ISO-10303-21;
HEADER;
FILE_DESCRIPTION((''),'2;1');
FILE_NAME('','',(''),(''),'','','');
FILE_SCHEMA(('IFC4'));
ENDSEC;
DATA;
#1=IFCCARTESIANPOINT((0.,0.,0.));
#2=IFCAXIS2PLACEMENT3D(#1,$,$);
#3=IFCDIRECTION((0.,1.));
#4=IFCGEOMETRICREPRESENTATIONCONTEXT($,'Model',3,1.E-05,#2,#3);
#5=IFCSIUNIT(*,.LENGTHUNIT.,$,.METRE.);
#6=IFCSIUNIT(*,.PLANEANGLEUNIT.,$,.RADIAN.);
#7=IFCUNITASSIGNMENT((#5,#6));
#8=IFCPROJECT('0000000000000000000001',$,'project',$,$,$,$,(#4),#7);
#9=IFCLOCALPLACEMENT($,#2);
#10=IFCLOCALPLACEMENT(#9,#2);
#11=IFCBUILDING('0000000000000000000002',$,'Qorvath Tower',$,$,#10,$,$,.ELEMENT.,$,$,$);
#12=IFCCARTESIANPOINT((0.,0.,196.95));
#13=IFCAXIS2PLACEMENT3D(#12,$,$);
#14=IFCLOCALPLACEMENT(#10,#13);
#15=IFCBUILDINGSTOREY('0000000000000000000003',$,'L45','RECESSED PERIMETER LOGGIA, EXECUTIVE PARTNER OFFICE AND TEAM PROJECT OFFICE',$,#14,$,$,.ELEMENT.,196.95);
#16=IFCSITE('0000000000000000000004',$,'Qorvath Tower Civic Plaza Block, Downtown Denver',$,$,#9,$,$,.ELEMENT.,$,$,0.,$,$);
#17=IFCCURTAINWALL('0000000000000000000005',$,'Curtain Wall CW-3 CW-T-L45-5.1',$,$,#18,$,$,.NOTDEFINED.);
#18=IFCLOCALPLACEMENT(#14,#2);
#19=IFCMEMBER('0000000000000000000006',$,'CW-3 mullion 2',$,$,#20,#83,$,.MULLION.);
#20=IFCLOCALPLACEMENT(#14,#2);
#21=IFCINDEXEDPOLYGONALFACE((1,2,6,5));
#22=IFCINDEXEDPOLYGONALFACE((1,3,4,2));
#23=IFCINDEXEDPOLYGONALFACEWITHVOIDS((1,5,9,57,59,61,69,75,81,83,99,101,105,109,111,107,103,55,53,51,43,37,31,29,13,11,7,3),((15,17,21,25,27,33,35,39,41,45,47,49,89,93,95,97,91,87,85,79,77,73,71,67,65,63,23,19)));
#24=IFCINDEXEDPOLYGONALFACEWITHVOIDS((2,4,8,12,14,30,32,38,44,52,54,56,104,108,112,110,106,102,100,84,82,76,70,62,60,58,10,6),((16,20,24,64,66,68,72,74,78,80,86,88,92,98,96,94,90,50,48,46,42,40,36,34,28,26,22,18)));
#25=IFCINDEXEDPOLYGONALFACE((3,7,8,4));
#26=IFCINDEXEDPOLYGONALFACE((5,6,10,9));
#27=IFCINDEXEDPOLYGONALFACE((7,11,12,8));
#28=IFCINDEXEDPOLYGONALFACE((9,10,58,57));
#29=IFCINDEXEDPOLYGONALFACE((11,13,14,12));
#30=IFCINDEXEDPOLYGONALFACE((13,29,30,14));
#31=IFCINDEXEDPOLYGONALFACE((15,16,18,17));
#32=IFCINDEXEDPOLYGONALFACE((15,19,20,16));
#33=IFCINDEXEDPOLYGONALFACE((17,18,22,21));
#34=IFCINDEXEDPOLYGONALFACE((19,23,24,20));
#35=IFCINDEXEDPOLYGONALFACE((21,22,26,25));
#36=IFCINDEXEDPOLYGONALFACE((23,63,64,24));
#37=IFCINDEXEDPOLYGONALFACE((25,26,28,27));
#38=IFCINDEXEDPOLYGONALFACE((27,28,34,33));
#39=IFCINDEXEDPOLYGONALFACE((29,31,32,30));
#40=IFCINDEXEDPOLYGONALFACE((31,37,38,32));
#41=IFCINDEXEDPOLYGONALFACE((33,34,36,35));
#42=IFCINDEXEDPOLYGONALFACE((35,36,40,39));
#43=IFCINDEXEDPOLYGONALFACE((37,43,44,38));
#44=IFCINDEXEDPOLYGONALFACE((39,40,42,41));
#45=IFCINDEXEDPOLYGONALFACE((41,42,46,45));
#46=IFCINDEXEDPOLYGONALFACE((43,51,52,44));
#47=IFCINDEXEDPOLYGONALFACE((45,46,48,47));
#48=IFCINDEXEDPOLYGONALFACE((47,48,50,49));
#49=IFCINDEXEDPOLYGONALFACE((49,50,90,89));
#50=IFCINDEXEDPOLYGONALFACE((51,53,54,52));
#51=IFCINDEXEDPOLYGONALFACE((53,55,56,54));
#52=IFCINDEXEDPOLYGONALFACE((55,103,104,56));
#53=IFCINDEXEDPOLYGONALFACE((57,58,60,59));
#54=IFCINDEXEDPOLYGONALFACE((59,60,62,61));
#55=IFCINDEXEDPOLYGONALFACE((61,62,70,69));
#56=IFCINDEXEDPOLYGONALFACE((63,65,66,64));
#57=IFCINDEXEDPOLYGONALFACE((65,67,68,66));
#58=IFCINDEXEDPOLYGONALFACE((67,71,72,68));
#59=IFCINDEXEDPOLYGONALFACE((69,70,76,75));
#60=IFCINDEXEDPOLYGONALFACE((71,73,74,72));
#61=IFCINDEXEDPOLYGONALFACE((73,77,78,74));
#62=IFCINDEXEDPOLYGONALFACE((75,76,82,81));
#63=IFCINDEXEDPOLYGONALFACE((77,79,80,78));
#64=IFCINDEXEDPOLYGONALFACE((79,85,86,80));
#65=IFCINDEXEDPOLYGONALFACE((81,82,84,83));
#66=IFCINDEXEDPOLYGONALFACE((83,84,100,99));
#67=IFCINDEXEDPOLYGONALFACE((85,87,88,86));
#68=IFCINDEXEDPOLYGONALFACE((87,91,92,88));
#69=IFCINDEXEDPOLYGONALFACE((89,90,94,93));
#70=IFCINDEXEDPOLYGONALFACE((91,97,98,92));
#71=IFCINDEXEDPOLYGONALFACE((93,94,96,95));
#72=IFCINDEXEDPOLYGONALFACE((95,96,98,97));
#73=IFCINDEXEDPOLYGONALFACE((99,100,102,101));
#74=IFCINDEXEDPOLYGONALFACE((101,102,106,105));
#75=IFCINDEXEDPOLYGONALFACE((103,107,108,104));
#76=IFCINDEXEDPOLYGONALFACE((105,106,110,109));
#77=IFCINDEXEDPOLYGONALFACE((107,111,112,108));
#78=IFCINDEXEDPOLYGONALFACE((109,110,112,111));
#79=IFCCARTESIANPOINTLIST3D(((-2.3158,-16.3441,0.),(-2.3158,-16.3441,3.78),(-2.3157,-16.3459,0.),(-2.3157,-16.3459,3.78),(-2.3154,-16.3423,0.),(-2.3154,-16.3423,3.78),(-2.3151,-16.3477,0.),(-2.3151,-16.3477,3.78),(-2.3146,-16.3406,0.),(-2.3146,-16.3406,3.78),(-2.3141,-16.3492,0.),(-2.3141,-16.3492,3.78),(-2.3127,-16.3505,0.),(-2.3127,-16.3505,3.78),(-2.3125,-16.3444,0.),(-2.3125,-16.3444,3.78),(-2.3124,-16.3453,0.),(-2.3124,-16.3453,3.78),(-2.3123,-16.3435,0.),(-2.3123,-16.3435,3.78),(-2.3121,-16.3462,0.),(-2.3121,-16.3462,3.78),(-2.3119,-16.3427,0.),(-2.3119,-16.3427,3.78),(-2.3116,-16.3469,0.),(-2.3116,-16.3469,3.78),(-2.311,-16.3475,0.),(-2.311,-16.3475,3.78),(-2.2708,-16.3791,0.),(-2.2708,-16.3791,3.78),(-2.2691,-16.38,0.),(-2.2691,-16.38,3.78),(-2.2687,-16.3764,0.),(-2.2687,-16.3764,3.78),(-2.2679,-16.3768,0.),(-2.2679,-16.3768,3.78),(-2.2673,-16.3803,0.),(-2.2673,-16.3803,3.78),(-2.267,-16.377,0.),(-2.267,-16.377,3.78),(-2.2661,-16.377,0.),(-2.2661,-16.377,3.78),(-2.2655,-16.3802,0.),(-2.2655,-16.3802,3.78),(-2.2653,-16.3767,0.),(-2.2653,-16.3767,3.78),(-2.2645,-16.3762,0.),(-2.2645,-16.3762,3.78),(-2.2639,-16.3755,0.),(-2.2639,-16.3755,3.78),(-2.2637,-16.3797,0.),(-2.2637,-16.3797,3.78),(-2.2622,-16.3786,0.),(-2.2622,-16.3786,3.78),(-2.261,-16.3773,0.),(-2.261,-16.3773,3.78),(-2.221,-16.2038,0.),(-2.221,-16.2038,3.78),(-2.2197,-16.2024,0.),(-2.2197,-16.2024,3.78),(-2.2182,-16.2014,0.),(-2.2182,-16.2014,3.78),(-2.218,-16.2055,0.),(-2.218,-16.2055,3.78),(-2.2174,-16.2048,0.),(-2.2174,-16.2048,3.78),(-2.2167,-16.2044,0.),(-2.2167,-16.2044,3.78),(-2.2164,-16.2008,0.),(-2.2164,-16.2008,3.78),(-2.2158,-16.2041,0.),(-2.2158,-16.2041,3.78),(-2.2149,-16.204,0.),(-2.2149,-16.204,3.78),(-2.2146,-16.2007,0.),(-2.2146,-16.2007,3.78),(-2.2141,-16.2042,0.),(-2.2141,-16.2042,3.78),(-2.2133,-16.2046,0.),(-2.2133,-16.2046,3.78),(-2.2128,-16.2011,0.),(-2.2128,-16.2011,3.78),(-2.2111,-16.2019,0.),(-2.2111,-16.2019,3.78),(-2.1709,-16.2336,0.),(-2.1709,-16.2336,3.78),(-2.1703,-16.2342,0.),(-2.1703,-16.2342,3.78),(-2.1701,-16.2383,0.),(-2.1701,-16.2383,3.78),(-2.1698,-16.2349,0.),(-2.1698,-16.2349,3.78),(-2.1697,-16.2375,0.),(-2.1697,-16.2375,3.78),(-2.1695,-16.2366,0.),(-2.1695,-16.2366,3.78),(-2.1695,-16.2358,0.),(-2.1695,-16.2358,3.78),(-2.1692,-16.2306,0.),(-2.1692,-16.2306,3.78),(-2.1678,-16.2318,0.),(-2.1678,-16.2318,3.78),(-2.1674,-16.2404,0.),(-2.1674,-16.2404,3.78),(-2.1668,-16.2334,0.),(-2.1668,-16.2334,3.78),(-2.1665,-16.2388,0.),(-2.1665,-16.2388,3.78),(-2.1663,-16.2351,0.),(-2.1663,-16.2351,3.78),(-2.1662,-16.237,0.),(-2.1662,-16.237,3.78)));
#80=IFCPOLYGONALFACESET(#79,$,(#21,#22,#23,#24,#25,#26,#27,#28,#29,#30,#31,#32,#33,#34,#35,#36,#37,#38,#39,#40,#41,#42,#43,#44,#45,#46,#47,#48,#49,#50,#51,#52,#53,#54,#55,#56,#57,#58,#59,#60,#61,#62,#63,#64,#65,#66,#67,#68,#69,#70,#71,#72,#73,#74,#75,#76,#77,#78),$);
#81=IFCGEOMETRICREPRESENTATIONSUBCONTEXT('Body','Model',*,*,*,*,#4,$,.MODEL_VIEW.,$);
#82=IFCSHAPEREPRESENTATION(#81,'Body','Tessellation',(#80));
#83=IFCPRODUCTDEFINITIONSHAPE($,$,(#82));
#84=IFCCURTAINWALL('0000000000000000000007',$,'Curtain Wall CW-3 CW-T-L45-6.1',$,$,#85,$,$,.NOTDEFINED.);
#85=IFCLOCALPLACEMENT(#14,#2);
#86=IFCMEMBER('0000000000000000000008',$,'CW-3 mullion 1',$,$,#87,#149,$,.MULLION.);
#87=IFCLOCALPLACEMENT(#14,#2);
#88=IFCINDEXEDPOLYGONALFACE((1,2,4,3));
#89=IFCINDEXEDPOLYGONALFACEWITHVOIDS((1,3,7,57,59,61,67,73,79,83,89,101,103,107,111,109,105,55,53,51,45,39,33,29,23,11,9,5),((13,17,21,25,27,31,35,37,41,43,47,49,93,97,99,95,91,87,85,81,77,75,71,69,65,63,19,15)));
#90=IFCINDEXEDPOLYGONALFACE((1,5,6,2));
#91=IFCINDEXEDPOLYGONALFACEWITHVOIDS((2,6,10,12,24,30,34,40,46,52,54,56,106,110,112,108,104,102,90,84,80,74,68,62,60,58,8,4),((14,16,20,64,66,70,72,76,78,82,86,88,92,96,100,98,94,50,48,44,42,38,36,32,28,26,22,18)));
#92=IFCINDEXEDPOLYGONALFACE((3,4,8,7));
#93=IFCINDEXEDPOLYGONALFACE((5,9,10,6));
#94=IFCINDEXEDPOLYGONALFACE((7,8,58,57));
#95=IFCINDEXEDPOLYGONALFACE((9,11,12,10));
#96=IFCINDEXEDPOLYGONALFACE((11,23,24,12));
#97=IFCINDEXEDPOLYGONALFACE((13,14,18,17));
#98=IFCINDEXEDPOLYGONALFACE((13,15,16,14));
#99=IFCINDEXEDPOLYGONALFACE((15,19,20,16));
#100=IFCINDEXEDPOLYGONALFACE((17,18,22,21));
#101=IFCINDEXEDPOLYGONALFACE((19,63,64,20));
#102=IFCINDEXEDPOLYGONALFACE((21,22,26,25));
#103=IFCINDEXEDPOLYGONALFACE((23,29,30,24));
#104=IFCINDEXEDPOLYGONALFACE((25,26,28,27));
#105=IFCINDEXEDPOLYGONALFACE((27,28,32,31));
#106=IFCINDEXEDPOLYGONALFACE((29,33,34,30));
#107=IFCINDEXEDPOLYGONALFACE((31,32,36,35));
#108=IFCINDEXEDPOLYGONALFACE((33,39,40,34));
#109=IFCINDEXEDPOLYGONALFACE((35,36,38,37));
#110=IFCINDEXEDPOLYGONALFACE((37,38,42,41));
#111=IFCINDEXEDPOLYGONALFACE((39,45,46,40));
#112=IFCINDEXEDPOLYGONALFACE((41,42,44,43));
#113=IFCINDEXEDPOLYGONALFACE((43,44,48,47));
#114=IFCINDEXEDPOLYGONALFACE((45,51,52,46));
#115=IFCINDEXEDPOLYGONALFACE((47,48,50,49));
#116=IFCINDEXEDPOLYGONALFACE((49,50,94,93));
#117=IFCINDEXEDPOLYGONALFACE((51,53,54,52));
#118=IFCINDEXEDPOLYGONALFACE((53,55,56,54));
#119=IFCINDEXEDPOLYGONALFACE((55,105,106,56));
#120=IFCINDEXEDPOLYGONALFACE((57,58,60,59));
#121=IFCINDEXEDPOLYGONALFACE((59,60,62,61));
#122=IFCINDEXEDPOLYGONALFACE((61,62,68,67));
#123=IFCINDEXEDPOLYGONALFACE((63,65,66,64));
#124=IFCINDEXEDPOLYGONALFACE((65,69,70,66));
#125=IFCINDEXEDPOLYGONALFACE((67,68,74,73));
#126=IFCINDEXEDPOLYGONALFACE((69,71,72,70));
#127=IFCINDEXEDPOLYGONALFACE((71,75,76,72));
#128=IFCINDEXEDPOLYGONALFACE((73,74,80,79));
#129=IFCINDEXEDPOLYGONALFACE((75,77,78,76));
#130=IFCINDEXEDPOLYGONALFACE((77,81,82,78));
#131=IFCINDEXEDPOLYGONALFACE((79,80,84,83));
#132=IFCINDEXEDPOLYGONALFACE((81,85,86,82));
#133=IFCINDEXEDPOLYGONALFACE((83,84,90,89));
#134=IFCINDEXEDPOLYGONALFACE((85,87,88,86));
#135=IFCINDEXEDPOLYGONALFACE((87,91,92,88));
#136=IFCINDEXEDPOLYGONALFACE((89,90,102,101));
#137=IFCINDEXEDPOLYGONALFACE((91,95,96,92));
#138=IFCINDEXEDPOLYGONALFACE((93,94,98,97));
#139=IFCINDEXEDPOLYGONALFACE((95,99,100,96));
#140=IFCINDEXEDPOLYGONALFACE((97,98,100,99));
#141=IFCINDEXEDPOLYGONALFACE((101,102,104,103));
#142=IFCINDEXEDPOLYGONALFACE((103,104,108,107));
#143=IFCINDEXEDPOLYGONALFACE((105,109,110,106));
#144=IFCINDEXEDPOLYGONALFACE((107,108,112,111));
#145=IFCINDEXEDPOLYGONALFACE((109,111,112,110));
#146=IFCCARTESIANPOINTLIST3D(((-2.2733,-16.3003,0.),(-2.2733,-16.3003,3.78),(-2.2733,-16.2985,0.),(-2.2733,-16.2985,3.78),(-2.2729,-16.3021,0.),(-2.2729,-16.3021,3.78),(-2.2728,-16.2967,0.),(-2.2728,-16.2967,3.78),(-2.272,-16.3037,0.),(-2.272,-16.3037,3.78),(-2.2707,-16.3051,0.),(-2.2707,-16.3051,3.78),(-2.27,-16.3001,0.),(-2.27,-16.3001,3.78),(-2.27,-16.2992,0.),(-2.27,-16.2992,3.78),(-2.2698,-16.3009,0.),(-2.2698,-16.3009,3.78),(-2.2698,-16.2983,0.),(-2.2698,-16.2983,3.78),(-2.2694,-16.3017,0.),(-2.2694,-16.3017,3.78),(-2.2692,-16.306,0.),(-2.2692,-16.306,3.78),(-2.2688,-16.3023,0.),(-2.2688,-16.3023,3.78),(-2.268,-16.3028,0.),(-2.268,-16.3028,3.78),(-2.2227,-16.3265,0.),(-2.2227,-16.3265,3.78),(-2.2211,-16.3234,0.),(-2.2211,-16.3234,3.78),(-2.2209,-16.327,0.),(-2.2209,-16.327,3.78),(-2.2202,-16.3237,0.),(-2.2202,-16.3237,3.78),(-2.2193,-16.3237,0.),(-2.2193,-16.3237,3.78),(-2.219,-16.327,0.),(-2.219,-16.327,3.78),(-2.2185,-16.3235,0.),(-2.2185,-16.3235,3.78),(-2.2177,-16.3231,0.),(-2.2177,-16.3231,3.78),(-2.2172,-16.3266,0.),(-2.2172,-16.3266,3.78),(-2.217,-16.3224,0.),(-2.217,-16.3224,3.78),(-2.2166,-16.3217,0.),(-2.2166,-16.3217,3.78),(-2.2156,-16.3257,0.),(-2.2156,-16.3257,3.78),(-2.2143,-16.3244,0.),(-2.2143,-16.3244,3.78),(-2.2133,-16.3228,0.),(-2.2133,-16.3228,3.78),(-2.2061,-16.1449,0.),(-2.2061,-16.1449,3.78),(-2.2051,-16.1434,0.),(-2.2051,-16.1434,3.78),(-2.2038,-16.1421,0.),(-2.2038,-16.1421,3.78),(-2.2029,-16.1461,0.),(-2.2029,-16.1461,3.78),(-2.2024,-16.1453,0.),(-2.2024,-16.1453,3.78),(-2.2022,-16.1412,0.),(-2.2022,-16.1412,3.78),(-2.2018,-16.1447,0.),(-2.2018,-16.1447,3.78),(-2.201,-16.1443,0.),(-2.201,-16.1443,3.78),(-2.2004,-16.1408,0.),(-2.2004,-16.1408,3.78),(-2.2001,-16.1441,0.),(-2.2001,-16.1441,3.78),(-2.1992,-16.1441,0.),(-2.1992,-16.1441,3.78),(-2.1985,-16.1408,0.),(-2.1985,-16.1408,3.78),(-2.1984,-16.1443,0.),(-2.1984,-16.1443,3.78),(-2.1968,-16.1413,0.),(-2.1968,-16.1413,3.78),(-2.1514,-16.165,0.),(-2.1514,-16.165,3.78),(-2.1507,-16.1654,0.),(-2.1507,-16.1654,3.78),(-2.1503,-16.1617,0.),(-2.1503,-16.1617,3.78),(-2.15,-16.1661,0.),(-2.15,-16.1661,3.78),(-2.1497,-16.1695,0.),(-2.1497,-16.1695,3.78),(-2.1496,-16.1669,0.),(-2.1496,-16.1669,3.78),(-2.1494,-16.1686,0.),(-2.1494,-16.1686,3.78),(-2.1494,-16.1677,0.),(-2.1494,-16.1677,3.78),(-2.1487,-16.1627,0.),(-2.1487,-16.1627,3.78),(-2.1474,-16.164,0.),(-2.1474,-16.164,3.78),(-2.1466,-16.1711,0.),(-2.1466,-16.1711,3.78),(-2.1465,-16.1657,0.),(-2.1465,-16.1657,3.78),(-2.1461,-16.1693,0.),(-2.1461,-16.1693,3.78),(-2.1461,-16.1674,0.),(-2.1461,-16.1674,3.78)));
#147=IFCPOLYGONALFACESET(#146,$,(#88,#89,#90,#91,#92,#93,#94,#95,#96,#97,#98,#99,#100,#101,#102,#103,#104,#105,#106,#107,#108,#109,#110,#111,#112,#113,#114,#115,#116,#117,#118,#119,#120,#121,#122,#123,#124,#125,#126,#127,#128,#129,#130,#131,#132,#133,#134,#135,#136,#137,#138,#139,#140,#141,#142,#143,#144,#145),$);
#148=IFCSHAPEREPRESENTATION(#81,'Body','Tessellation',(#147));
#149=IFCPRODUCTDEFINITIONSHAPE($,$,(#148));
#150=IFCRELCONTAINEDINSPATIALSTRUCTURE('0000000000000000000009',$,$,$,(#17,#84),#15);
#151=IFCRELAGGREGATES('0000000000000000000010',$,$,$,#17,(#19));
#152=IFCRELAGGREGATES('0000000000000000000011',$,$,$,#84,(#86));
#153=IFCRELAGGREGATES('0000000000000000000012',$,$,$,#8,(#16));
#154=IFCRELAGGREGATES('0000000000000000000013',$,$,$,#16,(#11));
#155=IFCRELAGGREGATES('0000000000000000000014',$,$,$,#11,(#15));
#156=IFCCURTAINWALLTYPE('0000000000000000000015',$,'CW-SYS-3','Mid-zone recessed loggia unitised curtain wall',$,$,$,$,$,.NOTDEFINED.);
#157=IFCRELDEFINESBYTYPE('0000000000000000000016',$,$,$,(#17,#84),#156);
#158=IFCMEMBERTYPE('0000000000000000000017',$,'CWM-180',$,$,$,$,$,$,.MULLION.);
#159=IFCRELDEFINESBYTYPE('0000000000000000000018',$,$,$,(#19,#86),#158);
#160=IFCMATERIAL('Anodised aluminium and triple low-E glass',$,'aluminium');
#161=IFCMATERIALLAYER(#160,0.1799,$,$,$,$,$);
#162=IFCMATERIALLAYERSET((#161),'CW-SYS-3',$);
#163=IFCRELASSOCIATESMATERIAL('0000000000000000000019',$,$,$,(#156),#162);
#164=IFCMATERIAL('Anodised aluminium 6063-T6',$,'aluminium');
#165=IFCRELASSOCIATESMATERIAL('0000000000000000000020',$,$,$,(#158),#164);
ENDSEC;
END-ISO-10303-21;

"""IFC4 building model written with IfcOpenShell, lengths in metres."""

from ifc_helpers import new_model, si_unit, direction, frame, origin, origin_2d, place, context, subcontext, project, spatial, hollow_rectangle, extrude, material, layer, layer_set, material_profile, profile_set, type_object, element, aggregate, save


model = new_model("IFC4")

# Units and contexts
model_context = context("Model", 3, precision=1e-05, world=origin(), true_north=direction((0.0, 1.0)))
body_context = subcontext(model_context, "Body", "Model", "MODEL_VIEW")
ifc_project = project(units=[si_unit("LENGTHUNIT", "METRE"), si_unit("PLANEANGLEUNIT", "RADIAN")], contexts=[model_context])

# Site, building, storey
site_placement = place(None, origin())
site = spatial("IfcSite", under=ifc_project, at=site_placement, Name="Qorvath Tower Civic Plaza Block, Downtown Denver", CompositionType="ELEMENT", RefElevation=0.0)
building_placement = place(site_placement, origin())
building = spatial("IfcBuilding", under=site, at=building_placement, Name="Qorvath Tower", CompositionType="ELEMENT")
storey_placement = place(building_placement, frame((0.0, 0.0, 196.95)))
storey = spatial("IfcBuildingStorey", under=building, at=storey_placement, Name="L45", Description="RECESSED PERIMETER LOGGIA, EXECUTIVE PARTNER OFFICE AND TEAM PROJECT OFFICE", CompositionType="ELEMENT", Elevation=196.95)

# Curtain wall, member
ifc_material_1 = material(Name="Anodised aluminium and triple low-E glass", Category="aluminium")
ifc_layer_1 = layer(ifc_material_1, 0.1799)
ifc_layer_set_1 = layer_set([ifc_layer_1], Name="CW-SYS-3")
curtain_wall_type = type_object("IfcCurtainWallType", Name="CW-SYS-3", Description="Mid-zone recessed loggia unitised curtain wall", PredefinedType="NOTDEFINED", material=ifc_layer_set_1)
curtain_wall_1_placement = place(storey_placement, origin())
curtain_wall_1 = element("IfcCurtainWall", 1, at=curtain_wall_1_placement, inside=storey, type_object=curtain_wall_type, Name="Curtain Wall CW-3 CW-T-L45-5.1", PredefinedType="NOTDEFINED")
ifc_material_2 = material(Name="Anodised aluminium 6063-T6", Category="aluminium")
ifc_material_profile_1 = material_profile(ifc_material_2, hollow_rectangle(XDim=0.0649, YDim=0.1799, WallThickness=0.0034, InnerFilletRadius=0.0034, OuterFilletRadius=0.0071, at=origin_2d()), Name="CWM 180x65")
ifc_profile_set_1 = profile_set([ifc_material_profile_1], Name="Anodised aluminium 6063-T6")
member_type_1 = type_object("IfcMemberType", Name="CWM-180", PredefinedType="MULLION", material=ifc_profile_set_1)
member_1_placement = place(storey_placement, frame((-2.241, -16.2905, 0.0), z_axis=(0.0, 0.0, 1.0), x_axis=(-0.825425, 0.564512, 0.0)))
member_1 = element("IfcMember", 2, at=member_1_placement, type_object=member_type_1, Name="CW-3 mullion 2", PredefinedType="MULLION", context=body_context, shape_type="SweptSolid", body=[
    extrude(hollow_rectangle(XDim=0.0649, YDim=0.1799, WallThickness=0.0034, InnerFilletRadius=0.0034, OuterFilletRadius=0.0071, at=origin_2d()), origin(), (0.0, 0.0, 1.0), 3.78),
])
aggregate(curtain_wall_1, [member_1])

# Curtain wall, member
curtain_wall_2_placement = place(storey_placement, origin())
curtain_wall_2 = element("IfcCurtainWall", 3, at=curtain_wall_2_placement, inside=storey, type_object=curtain_wall_type, Name="Curtain Wall CW-3 CW-T-L45-6.1", PredefinedType="NOTDEFINED")
member_2_placement = place(storey_placement, frame((-2.2097, -16.2339, 0.0), z_axis=(0.0, 0.0, 1.0), x_axis=(-0.915499, 0.402321, 0.0)))
member_2 = element("IfcMember", 4, at=member_2_placement, type_object=member_type_1, Name="CW-3 mullion 1", PredefinedType="MULLION", context=body_context, shape_type="SweptSolid", body=[
    extrude(hollow_rectangle(XDim=0.0649, YDim=0.1799, WallThickness=0.0034, InnerFilletRadius=0.0034, OuterFilletRadius=0.0071, at=origin_2d()), origin(), (0.0, 0.0, 1.0), 3.78),
])

aggregate(curtain_wall_2, [member_2])

save(model, "model.ifc")
